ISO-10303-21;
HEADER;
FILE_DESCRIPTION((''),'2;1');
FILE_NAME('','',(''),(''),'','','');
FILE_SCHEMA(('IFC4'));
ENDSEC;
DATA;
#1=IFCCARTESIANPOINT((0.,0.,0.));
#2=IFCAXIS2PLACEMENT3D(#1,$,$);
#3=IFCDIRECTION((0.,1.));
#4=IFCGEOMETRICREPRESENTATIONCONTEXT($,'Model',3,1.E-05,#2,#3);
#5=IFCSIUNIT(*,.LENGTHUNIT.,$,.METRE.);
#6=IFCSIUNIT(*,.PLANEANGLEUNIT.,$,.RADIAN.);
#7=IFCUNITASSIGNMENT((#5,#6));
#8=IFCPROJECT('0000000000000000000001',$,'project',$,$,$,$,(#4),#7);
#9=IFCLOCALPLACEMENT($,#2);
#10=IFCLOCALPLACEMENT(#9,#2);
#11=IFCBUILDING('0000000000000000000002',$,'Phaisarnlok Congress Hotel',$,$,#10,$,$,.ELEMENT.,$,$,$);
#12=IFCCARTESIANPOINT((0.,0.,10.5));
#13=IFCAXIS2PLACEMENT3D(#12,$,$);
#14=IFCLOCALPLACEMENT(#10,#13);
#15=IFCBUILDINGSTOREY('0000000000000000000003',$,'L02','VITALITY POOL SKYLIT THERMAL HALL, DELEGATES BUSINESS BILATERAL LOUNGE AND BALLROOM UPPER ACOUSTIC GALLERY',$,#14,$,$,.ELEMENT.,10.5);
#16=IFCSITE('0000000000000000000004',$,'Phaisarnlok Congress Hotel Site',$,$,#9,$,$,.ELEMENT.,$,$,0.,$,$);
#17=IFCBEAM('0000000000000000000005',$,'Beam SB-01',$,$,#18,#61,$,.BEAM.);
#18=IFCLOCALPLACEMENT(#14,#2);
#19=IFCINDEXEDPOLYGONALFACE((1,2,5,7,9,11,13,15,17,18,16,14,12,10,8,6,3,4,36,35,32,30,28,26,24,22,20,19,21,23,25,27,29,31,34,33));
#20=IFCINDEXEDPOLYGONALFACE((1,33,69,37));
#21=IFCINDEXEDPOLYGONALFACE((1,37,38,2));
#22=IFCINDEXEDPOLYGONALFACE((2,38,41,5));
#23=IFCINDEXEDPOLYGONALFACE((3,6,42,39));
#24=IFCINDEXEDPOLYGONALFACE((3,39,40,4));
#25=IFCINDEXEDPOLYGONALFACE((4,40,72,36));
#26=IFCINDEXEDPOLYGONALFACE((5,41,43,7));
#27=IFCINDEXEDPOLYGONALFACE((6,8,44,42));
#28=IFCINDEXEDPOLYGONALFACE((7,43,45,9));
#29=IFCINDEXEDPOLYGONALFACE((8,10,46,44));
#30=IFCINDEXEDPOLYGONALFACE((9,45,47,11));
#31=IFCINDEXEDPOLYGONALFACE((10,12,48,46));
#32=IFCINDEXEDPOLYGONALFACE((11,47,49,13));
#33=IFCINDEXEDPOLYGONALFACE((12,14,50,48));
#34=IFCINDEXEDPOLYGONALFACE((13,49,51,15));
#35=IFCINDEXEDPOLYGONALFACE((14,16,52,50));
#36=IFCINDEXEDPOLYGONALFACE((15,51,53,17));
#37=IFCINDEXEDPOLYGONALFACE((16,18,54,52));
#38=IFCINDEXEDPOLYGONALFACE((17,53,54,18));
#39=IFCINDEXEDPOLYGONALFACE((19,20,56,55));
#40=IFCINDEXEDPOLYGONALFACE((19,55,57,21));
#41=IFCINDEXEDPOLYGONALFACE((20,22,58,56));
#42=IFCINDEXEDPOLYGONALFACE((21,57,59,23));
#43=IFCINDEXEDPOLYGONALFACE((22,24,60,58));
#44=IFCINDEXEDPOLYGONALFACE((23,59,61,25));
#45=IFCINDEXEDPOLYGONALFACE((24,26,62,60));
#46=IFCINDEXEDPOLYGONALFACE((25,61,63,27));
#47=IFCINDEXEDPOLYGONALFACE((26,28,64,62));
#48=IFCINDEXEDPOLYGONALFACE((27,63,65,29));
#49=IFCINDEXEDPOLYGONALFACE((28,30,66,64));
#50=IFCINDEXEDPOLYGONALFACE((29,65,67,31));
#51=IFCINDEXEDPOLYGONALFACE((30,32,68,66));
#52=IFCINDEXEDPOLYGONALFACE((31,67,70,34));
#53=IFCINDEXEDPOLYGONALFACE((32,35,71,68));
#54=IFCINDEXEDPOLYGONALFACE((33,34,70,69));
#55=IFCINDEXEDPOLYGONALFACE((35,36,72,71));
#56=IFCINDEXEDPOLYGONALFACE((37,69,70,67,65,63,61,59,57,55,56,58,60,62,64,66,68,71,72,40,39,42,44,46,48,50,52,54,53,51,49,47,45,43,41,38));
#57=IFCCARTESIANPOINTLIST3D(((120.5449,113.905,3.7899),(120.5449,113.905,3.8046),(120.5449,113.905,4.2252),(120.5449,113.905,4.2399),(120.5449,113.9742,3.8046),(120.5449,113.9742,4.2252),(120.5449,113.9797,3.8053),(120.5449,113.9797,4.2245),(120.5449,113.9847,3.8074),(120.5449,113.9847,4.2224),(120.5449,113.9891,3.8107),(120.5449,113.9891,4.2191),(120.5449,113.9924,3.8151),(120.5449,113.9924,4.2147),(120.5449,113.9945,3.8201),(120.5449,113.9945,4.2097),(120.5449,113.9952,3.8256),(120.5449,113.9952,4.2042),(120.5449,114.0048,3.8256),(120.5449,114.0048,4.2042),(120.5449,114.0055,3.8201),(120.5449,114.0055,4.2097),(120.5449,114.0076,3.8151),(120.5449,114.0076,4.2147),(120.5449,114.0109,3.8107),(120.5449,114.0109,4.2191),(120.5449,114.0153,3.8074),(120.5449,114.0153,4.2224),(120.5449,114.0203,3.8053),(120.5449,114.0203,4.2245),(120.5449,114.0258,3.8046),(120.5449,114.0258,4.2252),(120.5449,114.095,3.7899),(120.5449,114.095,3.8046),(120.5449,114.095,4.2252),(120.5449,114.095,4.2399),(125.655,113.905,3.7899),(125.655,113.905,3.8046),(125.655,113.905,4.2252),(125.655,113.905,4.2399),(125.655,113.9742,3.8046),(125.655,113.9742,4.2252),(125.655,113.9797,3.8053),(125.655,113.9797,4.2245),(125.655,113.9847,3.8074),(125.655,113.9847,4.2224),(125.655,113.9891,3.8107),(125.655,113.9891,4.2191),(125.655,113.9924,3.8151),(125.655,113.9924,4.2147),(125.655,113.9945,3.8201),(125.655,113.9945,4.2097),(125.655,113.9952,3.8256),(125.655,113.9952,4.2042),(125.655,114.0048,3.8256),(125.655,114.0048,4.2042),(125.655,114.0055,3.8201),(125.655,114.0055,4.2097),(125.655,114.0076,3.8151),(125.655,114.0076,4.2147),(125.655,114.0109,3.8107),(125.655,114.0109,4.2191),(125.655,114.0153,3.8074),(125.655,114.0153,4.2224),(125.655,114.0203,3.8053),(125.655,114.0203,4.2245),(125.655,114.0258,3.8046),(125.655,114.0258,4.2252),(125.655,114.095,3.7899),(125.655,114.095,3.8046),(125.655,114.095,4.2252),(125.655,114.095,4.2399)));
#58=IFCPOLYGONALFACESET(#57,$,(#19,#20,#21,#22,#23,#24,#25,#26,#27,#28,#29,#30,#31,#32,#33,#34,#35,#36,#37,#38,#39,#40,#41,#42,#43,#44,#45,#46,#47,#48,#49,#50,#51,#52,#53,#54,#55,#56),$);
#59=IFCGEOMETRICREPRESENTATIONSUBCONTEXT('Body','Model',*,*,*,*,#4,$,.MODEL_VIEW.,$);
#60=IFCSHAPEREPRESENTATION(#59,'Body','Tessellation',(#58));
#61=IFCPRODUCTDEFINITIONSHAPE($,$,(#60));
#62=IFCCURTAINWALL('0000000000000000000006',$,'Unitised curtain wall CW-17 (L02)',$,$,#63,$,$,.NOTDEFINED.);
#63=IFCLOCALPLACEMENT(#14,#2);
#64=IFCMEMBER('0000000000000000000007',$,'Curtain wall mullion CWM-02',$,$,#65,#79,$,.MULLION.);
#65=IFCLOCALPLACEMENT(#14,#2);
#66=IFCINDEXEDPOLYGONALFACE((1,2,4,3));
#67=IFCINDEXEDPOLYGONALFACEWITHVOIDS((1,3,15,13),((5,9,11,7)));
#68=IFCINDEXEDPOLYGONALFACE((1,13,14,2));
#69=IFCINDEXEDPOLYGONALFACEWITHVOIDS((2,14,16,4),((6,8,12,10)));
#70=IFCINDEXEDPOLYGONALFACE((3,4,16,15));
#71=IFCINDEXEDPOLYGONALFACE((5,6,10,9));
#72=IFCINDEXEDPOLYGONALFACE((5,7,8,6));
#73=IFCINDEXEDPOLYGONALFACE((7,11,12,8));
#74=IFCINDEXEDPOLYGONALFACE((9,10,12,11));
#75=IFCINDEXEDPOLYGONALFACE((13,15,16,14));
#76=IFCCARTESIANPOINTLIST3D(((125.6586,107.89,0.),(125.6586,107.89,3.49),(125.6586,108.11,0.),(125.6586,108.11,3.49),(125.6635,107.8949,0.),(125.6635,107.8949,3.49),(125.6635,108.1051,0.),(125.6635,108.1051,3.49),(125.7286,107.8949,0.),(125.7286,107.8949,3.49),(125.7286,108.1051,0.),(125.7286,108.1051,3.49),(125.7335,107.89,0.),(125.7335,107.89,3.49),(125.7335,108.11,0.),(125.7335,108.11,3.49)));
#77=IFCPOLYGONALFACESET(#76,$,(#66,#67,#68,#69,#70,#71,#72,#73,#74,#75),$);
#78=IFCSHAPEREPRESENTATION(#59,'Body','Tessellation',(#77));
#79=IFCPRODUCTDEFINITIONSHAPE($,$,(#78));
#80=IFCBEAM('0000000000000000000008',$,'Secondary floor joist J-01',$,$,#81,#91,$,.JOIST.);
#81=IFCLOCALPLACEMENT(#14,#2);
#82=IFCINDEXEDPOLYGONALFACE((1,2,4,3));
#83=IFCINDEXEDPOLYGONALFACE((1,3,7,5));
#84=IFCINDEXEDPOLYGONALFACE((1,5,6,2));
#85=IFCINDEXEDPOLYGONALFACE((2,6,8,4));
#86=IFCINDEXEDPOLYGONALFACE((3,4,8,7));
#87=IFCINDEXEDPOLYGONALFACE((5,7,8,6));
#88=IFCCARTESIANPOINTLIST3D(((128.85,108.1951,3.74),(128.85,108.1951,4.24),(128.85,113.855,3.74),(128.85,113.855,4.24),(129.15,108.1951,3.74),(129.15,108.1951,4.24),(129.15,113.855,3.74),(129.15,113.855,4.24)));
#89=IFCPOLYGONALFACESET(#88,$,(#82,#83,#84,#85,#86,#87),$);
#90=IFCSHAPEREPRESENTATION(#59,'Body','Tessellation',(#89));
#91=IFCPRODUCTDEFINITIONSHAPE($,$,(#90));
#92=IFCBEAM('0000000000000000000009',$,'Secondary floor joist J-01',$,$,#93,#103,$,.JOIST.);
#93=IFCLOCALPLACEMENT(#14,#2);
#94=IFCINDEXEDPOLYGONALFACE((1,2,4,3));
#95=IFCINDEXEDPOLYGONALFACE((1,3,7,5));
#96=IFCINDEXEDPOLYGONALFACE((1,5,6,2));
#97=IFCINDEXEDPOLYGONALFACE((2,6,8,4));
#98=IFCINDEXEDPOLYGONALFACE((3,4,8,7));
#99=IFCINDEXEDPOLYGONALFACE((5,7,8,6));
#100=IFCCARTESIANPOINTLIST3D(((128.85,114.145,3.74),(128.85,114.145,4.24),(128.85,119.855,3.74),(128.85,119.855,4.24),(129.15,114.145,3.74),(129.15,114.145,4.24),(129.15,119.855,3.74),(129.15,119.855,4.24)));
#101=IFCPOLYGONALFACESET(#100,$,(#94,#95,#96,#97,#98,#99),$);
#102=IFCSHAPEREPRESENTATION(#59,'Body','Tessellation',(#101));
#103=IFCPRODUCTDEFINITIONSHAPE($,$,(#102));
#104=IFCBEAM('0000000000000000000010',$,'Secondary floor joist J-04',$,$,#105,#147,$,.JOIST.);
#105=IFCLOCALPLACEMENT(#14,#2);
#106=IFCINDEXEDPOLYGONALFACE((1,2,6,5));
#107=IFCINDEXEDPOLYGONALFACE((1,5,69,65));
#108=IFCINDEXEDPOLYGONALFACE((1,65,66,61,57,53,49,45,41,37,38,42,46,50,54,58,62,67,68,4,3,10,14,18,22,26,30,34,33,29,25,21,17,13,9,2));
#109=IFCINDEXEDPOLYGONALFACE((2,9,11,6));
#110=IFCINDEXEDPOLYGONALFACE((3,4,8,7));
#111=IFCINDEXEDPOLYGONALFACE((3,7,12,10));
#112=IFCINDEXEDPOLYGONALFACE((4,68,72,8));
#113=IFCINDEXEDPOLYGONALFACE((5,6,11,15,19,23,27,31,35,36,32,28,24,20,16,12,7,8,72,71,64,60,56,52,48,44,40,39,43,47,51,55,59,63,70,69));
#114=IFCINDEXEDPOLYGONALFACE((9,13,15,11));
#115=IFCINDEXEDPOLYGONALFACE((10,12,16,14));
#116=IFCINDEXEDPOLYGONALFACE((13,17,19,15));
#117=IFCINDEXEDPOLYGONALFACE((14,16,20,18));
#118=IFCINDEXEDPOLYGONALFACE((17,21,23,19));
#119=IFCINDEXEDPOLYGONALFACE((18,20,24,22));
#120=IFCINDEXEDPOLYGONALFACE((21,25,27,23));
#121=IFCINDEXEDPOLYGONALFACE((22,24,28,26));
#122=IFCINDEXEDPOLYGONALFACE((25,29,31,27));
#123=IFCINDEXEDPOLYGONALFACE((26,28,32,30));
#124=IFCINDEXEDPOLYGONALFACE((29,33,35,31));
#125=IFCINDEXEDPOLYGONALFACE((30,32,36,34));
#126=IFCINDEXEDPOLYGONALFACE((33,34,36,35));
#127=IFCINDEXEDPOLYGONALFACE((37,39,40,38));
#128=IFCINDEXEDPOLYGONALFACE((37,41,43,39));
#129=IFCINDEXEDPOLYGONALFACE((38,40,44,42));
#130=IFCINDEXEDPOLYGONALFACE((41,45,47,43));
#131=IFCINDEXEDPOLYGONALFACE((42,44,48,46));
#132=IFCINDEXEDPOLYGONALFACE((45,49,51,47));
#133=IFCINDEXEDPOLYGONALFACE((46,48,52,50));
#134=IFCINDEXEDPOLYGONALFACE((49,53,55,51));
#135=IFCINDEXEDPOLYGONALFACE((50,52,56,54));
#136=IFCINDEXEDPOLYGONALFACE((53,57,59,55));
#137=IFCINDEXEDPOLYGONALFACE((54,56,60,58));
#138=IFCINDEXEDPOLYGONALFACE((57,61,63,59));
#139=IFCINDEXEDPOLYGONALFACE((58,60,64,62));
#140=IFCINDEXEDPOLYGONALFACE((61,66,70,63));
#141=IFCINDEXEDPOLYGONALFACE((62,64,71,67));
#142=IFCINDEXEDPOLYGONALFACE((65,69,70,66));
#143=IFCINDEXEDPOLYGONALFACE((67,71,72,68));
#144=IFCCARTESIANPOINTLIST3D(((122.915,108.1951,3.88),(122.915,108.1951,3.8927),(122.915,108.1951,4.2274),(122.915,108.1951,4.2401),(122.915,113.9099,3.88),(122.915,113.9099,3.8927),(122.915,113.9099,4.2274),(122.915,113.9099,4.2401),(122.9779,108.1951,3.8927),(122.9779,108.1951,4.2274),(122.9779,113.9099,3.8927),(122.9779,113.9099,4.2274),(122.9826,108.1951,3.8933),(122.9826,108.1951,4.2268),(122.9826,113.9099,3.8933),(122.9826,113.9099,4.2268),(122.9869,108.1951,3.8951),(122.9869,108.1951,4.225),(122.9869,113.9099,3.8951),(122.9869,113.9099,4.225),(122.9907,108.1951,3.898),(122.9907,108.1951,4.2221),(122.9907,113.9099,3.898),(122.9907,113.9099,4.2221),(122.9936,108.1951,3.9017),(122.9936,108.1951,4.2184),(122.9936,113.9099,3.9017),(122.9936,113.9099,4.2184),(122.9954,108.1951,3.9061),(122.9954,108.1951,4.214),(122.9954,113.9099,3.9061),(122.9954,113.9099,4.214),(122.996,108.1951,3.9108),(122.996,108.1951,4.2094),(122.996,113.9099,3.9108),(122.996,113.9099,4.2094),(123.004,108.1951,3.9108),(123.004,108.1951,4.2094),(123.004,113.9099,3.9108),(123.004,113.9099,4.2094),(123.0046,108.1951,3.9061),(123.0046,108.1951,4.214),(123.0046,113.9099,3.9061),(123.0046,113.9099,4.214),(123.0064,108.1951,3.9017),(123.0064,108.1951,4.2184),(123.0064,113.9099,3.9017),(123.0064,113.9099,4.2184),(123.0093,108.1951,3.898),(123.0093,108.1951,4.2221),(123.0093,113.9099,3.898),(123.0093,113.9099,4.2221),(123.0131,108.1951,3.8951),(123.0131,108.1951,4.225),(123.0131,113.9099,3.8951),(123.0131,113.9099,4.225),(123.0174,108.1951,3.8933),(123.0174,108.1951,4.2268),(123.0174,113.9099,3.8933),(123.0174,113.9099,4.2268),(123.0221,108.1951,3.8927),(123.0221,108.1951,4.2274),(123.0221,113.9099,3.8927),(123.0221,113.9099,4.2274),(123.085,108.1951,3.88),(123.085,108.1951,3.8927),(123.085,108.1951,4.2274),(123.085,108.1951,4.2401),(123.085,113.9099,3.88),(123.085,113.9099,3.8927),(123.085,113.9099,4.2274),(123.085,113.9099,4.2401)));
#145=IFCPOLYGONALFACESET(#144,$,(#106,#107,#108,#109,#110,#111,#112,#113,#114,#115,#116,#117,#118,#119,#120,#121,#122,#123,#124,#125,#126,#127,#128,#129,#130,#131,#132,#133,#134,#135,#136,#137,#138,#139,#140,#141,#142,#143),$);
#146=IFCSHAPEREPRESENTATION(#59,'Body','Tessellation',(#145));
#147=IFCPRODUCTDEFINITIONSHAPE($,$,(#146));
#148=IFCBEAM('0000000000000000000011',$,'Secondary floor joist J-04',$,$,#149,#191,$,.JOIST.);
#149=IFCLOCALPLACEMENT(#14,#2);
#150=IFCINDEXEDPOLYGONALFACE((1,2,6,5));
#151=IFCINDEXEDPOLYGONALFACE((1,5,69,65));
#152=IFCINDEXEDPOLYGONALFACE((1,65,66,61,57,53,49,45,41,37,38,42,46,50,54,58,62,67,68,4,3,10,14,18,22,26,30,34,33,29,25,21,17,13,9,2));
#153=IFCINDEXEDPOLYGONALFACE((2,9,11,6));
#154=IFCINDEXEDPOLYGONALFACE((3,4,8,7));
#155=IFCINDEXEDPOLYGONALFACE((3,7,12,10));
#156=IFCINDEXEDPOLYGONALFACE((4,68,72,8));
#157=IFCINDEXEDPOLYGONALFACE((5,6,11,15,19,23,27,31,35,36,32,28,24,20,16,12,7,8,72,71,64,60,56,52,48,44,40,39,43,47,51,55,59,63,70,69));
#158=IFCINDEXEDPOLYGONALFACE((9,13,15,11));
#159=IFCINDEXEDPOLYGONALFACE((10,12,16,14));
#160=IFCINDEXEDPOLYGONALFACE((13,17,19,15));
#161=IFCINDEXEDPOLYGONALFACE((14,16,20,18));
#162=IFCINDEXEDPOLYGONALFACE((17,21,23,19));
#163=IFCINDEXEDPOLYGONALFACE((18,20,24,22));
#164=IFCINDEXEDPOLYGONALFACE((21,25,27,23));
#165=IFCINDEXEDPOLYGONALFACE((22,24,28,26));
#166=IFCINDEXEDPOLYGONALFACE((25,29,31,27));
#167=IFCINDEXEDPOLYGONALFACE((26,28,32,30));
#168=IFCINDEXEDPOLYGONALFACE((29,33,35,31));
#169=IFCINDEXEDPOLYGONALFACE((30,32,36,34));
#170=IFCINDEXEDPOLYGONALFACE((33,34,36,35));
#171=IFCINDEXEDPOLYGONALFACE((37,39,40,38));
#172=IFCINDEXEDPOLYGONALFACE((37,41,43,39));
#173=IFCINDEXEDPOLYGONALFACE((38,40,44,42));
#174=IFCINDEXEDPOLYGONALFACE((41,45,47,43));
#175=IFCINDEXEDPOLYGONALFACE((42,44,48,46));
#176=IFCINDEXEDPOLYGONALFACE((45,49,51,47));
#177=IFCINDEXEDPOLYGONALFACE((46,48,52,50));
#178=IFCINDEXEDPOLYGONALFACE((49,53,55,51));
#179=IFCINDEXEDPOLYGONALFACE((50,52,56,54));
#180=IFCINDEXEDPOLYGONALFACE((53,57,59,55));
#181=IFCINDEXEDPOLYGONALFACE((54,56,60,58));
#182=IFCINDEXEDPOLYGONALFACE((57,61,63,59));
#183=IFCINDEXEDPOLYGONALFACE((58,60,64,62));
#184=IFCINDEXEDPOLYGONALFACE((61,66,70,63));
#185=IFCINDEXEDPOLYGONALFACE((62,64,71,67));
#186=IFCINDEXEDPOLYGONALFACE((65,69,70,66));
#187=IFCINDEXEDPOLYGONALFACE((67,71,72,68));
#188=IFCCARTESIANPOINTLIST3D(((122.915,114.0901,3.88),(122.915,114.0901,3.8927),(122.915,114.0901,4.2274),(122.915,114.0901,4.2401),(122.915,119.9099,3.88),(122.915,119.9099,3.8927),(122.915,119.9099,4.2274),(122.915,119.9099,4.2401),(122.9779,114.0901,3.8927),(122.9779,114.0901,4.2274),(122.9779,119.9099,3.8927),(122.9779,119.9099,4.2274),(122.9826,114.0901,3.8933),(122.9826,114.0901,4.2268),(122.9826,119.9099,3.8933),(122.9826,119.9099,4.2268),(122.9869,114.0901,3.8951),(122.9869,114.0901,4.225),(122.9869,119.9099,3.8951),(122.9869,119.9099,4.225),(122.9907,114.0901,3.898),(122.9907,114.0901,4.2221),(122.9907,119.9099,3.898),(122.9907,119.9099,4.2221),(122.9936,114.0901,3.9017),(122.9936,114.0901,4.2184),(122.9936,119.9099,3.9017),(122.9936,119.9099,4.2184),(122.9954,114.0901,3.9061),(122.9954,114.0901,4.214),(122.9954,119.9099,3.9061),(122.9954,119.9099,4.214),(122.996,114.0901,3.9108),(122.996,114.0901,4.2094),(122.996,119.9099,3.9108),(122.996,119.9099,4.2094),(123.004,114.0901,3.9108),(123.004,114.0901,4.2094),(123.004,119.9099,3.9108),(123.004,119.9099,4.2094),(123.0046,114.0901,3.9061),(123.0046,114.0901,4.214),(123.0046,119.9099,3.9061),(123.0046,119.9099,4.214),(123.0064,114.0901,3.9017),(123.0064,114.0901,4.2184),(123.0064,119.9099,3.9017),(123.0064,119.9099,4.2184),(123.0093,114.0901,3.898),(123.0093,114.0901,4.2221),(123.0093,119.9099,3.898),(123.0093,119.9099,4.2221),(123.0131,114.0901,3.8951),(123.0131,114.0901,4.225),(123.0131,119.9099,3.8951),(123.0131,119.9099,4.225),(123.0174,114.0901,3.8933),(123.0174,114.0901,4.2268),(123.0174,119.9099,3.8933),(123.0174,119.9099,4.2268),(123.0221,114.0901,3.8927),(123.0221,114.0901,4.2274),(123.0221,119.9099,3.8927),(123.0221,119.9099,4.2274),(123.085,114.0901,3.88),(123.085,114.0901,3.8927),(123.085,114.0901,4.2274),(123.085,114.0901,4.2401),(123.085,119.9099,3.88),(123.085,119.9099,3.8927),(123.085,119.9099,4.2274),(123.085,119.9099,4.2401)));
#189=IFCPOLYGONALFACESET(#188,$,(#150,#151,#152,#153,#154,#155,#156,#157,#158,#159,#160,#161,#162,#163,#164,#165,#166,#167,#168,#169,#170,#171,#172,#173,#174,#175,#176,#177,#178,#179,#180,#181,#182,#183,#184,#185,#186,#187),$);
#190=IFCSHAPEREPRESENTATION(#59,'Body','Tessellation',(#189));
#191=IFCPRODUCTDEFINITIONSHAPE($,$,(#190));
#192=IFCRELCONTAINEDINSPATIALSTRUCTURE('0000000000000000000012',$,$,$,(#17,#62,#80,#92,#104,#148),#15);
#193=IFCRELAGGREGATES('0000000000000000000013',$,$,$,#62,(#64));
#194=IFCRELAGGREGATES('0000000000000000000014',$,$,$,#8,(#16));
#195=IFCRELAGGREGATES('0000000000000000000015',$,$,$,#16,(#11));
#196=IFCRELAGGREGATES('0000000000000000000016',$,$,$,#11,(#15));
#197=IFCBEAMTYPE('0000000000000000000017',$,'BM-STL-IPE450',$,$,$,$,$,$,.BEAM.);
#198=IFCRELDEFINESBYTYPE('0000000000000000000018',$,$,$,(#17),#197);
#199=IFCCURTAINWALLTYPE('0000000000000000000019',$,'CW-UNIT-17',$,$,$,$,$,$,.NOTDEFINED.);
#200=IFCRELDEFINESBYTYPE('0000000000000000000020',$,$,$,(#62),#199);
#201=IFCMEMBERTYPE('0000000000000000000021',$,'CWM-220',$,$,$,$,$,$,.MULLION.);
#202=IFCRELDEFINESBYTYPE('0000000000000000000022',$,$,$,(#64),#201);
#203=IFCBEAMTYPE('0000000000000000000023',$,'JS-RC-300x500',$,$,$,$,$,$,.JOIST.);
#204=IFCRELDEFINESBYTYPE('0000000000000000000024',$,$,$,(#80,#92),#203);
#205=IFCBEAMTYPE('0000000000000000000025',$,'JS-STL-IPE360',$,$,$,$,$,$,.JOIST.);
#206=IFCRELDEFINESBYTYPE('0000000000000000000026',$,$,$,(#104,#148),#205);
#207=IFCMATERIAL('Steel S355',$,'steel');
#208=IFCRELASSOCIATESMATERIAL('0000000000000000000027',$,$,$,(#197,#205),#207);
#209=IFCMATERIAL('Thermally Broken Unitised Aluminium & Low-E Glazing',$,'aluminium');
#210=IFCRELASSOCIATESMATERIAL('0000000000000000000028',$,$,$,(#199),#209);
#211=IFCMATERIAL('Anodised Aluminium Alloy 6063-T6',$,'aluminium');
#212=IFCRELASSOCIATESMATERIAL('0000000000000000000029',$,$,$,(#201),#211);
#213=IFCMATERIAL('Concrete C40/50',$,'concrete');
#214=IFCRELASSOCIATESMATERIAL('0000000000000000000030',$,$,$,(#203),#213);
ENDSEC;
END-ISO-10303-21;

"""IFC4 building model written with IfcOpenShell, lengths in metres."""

from ifc_helpers import new_model, si_unit, direction, frame, origin, origin_2d, place, context, subcontext, project, spatial, rectangle, hollow_rectangle, i_section, extrude, material, material_profile, profile_set, type_object, element, aggregate, save


model = new_model("IFC4")

# Units and contexts
model_context = context("Model", 3, precision=1e-05, world=origin(), true_north=direction((0.0, 1.0)))
body_context = subcontext(model_context, "Body", "Model", "MODEL_VIEW")
ifc_project = project(units=[si_unit("LENGTHUNIT", "METRE"), si_unit("PLANEANGLEUNIT", "RADIAN")], contexts=[model_context])

# Site, building, storey
site_placement = place(None, origin())
site = spatial("IfcSite", under=ifc_project, at=site_placement, Name="Phaisarnlok Congress Hotel Site", CompositionType="ELEMENT", RefElevation=0.0)
building_placement = place(site_placement, origin())
building = spatial("IfcBuilding", under=site, at=building_placement, Name="Phaisarnlok Congress Hotel", CompositionType="ELEMENT")
storey_placement = place(building_placement, frame((0.0, 0.0, 10.5)))
storey = spatial("IfcBuildingStorey", under=building, at=storey_placement, Name="L02", Description="VITALITY POOL SKYLIT THERMAL HALL, DELEGATES BUSINESS BILATERAL LOUNGE AND BALLROOM UPPER ACOUSTIC GALLERY", CompositionType="ELEMENT", Elevation=10.5)

# Shared definitions
ifc_material_1 = material(Name="Steel S355", Category="steel")

# Beam
ifc_material_2 = material(Name="Concrete C40/50", Category="concrete")
ifc_material_profile_1 = material_profile(ifc_material_1, i_section(OverallWidth=0.1899, OverallDepth=0.45, WebThickness=0.0095, FlangeThickness=0.0146, FilletRadius=0.021, at=origin_2d()), Name="IPE 450")
ifc_profile_set_1 = profile_set([ifc_material_profile_1], Name="Steel S355")
beam_type_1 = type_object("IfcBeamType", Name="BM-STL-IPE450", PredefinedType="BEAM", material=ifc_profile_set_1)
beam_1_placement = place(storey_placement, frame((120.5449, 114.0, 4.0149), z_axis=(1.0, 0.0, 0.0), x_axis=(0.0, 1.0, 0.0)))
element("IfcBeam", 1, at=beam_1_placement, inside=storey, type_object=beam_type_1, Name="Beam SB-01", PredefinedType="BEAM", context=body_context, shape_type="SweptSolid", body=[
    extrude(i_section(OverallWidth=0.1899, OverallDepth=0.45, WebThickness=0.0095, FlangeThickness=0.0146, FilletRadius=0.021, at=origin_2d()), origin(), (0.0, 0.0, 1.0), 5.1101),
])

# Curtain wall, member
ifc_material_3 = material(Name="Thermally Broken Unitised Aluminium & Low-E Glazing", Category="aluminium")
curtain_wall_type = type_object("IfcCurtainWallType", Name="CW-UNIT-17", PredefinedType="NOTDEFINED", material=ifc_material_3)
curtain_wall_placement = place(storey_placement, origin())
curtain_wall = element("IfcCurtainWall", 2, at=curtain_wall_placement, inside=storey, type_object=curtain_wall_type, Name="Unitised curtain wall CW-17 (L02)", PredefinedType="NOTDEFINED")
ifc_material_4 = material(Name="Anodised Aluminium Alloy 6063-T6", Category="aluminium")
ifc_material_profile_2 = material_profile(ifc_material_4, hollow_rectangle(XDim=0.075, YDim=0.22, WallThickness=0.0049, at=origin_2d()), Name="ALU-M 75x220x5")
ifc_profile_set_2 = profile_set([ifc_material_profile_2], Name="Anodised Aluminium Alloy 6063-T6")
member_type = type_object("IfcMemberType", Name="CWM-220", PredefinedType="MULLION", material=ifc_profile_set_2)
member_placement = place(storey_placement, frame((125.696, 108.0, 0.0), z_axis=(0.0, 0.0, 1.0), x_axis=(1.0, 0.0, 0.0)))
member = element("IfcMember", 3, at=member_placement, type_object=member_type, Name="Curtain wall mullion CWM-02", PredefinedType="MULLION", context=body_context, shape_type="SweptSolid", body=[
    extrude(hollow_rectangle(XDim=0.075, YDim=0.22, WallThickness=0.0049, at=origin_2d()), origin(), (0.0, 0.0, 1.0), 3.49),
])
aggregate(curtain_wall, [member])

# Beams
ifc_material_profile_3 = material_profile(ifc_material_2, rectangle(XDim=0.3, YDim=0.5, at=origin_2d()), Name="RC 300x500")
ifc_profile_set_3 = profile_set([ifc_material_profile_3], Name="Concrete C40/50")
beam_type_2 = type_object("IfcBeamType", Name="JS-RC-300x500", PredefinedType="JOIST", material=ifc_profile_set_3)
beam_2_placement = place(storey_placement, frame((129.0, 108.1951, 3.99), z_axis=(0.0, 1.0, 0.0), x_axis=(-1.0, 0.0, 0.0)))
element("IfcBeam", 4, at=beam_2_placement, inside=storey, type_object=beam_type_2, Name="Secondary floor joist J-01", PredefinedType="JOIST", context=body_context, shape_type="SweptSolid", body=[
    extrude(rectangle(XDim=0.3, YDim=0.5, at=origin_2d()), origin(), (0.0, 0.0, 1.0), 5.6599),
])
beam_3_placement = place(storey_placement, frame((129.0, 114.145, 3.99), z_axis=(0.0, 1.0, 0.0), x_axis=(-1.0, 0.0, 0.0)))
element("IfcBeam", 5, at=beam_3_placement, inside=storey, type_object=beam_type_2, Name="Secondary floor joist J-01", PredefinedType="JOIST", context=body_context, shape_type="SweptSolid", body=[
    extrude(rectangle(XDim=0.3, YDim=0.5, at=origin_2d()), origin(), (0.0, 0.0, 1.0), 5.71),
])
ifc_material_profile_4 = material_profile(ifc_material_1, i_section(OverallWidth=0.1699, OverallDepth=0.3601, WebThickness=0.0081, FlangeThickness=0.0127, FilletRadius=0.0181, at=origin_2d()), Name="IPE 360")
ifc_profile_set_4 = profile_set([ifc_material_profile_4], Name="Steel S355")
beam_type_3 = type_object("IfcBeamType", Name="JS-STL-IPE360", PredefinedType="JOIST", material=ifc_profile_set_4)
beam_4_placement = place(storey_placement, frame((123.0, 108.1951, 4.0601), z_axis=(0.0, 1.0, 0.0), x_axis=(-1.0, 0.0, 0.0)))
element("IfcBeam", 6, at=beam_4_placement, inside=storey, type_object=beam_type_3, Name="Secondary floor joist J-04", PredefinedType="JOIST", context=body_context, shape_type="SweptSolid", body=[
    extrude(i_section(OverallWidth=0.1699, OverallDepth=0.3601, WebThickness=0.0081, FlangeThickness=0.0127, FilletRadius=0.0181, at=origin_2d()), origin(), (0.0, 0.0, 1.0), 5.7148),
])
beam_5_placement = place(storey_placement, frame((123.0, 114.0901, 4.0601), z_axis=(0.0, 1.0, 0.0), x_axis=(-1.0, 0.0, 0.0)))
element("IfcBeam", 7, at=beam_5_placement, inside=storey, type_object=beam_type_3, Name="Secondary floor joist J-04", PredefinedType="JOIST", context=body_context, shape_type="SweptSolid", body=[
    extrude(i_section(OverallWidth=0.1699, OverallDepth=0.3601, WebThickness=0.0081, FlangeThickness=0.0127, FilletRadius=0.0181, at=origin_2d()), origin(), (0.0, 0.0, 1.0), 5.8198),
])

save(model, "model.ifc")
